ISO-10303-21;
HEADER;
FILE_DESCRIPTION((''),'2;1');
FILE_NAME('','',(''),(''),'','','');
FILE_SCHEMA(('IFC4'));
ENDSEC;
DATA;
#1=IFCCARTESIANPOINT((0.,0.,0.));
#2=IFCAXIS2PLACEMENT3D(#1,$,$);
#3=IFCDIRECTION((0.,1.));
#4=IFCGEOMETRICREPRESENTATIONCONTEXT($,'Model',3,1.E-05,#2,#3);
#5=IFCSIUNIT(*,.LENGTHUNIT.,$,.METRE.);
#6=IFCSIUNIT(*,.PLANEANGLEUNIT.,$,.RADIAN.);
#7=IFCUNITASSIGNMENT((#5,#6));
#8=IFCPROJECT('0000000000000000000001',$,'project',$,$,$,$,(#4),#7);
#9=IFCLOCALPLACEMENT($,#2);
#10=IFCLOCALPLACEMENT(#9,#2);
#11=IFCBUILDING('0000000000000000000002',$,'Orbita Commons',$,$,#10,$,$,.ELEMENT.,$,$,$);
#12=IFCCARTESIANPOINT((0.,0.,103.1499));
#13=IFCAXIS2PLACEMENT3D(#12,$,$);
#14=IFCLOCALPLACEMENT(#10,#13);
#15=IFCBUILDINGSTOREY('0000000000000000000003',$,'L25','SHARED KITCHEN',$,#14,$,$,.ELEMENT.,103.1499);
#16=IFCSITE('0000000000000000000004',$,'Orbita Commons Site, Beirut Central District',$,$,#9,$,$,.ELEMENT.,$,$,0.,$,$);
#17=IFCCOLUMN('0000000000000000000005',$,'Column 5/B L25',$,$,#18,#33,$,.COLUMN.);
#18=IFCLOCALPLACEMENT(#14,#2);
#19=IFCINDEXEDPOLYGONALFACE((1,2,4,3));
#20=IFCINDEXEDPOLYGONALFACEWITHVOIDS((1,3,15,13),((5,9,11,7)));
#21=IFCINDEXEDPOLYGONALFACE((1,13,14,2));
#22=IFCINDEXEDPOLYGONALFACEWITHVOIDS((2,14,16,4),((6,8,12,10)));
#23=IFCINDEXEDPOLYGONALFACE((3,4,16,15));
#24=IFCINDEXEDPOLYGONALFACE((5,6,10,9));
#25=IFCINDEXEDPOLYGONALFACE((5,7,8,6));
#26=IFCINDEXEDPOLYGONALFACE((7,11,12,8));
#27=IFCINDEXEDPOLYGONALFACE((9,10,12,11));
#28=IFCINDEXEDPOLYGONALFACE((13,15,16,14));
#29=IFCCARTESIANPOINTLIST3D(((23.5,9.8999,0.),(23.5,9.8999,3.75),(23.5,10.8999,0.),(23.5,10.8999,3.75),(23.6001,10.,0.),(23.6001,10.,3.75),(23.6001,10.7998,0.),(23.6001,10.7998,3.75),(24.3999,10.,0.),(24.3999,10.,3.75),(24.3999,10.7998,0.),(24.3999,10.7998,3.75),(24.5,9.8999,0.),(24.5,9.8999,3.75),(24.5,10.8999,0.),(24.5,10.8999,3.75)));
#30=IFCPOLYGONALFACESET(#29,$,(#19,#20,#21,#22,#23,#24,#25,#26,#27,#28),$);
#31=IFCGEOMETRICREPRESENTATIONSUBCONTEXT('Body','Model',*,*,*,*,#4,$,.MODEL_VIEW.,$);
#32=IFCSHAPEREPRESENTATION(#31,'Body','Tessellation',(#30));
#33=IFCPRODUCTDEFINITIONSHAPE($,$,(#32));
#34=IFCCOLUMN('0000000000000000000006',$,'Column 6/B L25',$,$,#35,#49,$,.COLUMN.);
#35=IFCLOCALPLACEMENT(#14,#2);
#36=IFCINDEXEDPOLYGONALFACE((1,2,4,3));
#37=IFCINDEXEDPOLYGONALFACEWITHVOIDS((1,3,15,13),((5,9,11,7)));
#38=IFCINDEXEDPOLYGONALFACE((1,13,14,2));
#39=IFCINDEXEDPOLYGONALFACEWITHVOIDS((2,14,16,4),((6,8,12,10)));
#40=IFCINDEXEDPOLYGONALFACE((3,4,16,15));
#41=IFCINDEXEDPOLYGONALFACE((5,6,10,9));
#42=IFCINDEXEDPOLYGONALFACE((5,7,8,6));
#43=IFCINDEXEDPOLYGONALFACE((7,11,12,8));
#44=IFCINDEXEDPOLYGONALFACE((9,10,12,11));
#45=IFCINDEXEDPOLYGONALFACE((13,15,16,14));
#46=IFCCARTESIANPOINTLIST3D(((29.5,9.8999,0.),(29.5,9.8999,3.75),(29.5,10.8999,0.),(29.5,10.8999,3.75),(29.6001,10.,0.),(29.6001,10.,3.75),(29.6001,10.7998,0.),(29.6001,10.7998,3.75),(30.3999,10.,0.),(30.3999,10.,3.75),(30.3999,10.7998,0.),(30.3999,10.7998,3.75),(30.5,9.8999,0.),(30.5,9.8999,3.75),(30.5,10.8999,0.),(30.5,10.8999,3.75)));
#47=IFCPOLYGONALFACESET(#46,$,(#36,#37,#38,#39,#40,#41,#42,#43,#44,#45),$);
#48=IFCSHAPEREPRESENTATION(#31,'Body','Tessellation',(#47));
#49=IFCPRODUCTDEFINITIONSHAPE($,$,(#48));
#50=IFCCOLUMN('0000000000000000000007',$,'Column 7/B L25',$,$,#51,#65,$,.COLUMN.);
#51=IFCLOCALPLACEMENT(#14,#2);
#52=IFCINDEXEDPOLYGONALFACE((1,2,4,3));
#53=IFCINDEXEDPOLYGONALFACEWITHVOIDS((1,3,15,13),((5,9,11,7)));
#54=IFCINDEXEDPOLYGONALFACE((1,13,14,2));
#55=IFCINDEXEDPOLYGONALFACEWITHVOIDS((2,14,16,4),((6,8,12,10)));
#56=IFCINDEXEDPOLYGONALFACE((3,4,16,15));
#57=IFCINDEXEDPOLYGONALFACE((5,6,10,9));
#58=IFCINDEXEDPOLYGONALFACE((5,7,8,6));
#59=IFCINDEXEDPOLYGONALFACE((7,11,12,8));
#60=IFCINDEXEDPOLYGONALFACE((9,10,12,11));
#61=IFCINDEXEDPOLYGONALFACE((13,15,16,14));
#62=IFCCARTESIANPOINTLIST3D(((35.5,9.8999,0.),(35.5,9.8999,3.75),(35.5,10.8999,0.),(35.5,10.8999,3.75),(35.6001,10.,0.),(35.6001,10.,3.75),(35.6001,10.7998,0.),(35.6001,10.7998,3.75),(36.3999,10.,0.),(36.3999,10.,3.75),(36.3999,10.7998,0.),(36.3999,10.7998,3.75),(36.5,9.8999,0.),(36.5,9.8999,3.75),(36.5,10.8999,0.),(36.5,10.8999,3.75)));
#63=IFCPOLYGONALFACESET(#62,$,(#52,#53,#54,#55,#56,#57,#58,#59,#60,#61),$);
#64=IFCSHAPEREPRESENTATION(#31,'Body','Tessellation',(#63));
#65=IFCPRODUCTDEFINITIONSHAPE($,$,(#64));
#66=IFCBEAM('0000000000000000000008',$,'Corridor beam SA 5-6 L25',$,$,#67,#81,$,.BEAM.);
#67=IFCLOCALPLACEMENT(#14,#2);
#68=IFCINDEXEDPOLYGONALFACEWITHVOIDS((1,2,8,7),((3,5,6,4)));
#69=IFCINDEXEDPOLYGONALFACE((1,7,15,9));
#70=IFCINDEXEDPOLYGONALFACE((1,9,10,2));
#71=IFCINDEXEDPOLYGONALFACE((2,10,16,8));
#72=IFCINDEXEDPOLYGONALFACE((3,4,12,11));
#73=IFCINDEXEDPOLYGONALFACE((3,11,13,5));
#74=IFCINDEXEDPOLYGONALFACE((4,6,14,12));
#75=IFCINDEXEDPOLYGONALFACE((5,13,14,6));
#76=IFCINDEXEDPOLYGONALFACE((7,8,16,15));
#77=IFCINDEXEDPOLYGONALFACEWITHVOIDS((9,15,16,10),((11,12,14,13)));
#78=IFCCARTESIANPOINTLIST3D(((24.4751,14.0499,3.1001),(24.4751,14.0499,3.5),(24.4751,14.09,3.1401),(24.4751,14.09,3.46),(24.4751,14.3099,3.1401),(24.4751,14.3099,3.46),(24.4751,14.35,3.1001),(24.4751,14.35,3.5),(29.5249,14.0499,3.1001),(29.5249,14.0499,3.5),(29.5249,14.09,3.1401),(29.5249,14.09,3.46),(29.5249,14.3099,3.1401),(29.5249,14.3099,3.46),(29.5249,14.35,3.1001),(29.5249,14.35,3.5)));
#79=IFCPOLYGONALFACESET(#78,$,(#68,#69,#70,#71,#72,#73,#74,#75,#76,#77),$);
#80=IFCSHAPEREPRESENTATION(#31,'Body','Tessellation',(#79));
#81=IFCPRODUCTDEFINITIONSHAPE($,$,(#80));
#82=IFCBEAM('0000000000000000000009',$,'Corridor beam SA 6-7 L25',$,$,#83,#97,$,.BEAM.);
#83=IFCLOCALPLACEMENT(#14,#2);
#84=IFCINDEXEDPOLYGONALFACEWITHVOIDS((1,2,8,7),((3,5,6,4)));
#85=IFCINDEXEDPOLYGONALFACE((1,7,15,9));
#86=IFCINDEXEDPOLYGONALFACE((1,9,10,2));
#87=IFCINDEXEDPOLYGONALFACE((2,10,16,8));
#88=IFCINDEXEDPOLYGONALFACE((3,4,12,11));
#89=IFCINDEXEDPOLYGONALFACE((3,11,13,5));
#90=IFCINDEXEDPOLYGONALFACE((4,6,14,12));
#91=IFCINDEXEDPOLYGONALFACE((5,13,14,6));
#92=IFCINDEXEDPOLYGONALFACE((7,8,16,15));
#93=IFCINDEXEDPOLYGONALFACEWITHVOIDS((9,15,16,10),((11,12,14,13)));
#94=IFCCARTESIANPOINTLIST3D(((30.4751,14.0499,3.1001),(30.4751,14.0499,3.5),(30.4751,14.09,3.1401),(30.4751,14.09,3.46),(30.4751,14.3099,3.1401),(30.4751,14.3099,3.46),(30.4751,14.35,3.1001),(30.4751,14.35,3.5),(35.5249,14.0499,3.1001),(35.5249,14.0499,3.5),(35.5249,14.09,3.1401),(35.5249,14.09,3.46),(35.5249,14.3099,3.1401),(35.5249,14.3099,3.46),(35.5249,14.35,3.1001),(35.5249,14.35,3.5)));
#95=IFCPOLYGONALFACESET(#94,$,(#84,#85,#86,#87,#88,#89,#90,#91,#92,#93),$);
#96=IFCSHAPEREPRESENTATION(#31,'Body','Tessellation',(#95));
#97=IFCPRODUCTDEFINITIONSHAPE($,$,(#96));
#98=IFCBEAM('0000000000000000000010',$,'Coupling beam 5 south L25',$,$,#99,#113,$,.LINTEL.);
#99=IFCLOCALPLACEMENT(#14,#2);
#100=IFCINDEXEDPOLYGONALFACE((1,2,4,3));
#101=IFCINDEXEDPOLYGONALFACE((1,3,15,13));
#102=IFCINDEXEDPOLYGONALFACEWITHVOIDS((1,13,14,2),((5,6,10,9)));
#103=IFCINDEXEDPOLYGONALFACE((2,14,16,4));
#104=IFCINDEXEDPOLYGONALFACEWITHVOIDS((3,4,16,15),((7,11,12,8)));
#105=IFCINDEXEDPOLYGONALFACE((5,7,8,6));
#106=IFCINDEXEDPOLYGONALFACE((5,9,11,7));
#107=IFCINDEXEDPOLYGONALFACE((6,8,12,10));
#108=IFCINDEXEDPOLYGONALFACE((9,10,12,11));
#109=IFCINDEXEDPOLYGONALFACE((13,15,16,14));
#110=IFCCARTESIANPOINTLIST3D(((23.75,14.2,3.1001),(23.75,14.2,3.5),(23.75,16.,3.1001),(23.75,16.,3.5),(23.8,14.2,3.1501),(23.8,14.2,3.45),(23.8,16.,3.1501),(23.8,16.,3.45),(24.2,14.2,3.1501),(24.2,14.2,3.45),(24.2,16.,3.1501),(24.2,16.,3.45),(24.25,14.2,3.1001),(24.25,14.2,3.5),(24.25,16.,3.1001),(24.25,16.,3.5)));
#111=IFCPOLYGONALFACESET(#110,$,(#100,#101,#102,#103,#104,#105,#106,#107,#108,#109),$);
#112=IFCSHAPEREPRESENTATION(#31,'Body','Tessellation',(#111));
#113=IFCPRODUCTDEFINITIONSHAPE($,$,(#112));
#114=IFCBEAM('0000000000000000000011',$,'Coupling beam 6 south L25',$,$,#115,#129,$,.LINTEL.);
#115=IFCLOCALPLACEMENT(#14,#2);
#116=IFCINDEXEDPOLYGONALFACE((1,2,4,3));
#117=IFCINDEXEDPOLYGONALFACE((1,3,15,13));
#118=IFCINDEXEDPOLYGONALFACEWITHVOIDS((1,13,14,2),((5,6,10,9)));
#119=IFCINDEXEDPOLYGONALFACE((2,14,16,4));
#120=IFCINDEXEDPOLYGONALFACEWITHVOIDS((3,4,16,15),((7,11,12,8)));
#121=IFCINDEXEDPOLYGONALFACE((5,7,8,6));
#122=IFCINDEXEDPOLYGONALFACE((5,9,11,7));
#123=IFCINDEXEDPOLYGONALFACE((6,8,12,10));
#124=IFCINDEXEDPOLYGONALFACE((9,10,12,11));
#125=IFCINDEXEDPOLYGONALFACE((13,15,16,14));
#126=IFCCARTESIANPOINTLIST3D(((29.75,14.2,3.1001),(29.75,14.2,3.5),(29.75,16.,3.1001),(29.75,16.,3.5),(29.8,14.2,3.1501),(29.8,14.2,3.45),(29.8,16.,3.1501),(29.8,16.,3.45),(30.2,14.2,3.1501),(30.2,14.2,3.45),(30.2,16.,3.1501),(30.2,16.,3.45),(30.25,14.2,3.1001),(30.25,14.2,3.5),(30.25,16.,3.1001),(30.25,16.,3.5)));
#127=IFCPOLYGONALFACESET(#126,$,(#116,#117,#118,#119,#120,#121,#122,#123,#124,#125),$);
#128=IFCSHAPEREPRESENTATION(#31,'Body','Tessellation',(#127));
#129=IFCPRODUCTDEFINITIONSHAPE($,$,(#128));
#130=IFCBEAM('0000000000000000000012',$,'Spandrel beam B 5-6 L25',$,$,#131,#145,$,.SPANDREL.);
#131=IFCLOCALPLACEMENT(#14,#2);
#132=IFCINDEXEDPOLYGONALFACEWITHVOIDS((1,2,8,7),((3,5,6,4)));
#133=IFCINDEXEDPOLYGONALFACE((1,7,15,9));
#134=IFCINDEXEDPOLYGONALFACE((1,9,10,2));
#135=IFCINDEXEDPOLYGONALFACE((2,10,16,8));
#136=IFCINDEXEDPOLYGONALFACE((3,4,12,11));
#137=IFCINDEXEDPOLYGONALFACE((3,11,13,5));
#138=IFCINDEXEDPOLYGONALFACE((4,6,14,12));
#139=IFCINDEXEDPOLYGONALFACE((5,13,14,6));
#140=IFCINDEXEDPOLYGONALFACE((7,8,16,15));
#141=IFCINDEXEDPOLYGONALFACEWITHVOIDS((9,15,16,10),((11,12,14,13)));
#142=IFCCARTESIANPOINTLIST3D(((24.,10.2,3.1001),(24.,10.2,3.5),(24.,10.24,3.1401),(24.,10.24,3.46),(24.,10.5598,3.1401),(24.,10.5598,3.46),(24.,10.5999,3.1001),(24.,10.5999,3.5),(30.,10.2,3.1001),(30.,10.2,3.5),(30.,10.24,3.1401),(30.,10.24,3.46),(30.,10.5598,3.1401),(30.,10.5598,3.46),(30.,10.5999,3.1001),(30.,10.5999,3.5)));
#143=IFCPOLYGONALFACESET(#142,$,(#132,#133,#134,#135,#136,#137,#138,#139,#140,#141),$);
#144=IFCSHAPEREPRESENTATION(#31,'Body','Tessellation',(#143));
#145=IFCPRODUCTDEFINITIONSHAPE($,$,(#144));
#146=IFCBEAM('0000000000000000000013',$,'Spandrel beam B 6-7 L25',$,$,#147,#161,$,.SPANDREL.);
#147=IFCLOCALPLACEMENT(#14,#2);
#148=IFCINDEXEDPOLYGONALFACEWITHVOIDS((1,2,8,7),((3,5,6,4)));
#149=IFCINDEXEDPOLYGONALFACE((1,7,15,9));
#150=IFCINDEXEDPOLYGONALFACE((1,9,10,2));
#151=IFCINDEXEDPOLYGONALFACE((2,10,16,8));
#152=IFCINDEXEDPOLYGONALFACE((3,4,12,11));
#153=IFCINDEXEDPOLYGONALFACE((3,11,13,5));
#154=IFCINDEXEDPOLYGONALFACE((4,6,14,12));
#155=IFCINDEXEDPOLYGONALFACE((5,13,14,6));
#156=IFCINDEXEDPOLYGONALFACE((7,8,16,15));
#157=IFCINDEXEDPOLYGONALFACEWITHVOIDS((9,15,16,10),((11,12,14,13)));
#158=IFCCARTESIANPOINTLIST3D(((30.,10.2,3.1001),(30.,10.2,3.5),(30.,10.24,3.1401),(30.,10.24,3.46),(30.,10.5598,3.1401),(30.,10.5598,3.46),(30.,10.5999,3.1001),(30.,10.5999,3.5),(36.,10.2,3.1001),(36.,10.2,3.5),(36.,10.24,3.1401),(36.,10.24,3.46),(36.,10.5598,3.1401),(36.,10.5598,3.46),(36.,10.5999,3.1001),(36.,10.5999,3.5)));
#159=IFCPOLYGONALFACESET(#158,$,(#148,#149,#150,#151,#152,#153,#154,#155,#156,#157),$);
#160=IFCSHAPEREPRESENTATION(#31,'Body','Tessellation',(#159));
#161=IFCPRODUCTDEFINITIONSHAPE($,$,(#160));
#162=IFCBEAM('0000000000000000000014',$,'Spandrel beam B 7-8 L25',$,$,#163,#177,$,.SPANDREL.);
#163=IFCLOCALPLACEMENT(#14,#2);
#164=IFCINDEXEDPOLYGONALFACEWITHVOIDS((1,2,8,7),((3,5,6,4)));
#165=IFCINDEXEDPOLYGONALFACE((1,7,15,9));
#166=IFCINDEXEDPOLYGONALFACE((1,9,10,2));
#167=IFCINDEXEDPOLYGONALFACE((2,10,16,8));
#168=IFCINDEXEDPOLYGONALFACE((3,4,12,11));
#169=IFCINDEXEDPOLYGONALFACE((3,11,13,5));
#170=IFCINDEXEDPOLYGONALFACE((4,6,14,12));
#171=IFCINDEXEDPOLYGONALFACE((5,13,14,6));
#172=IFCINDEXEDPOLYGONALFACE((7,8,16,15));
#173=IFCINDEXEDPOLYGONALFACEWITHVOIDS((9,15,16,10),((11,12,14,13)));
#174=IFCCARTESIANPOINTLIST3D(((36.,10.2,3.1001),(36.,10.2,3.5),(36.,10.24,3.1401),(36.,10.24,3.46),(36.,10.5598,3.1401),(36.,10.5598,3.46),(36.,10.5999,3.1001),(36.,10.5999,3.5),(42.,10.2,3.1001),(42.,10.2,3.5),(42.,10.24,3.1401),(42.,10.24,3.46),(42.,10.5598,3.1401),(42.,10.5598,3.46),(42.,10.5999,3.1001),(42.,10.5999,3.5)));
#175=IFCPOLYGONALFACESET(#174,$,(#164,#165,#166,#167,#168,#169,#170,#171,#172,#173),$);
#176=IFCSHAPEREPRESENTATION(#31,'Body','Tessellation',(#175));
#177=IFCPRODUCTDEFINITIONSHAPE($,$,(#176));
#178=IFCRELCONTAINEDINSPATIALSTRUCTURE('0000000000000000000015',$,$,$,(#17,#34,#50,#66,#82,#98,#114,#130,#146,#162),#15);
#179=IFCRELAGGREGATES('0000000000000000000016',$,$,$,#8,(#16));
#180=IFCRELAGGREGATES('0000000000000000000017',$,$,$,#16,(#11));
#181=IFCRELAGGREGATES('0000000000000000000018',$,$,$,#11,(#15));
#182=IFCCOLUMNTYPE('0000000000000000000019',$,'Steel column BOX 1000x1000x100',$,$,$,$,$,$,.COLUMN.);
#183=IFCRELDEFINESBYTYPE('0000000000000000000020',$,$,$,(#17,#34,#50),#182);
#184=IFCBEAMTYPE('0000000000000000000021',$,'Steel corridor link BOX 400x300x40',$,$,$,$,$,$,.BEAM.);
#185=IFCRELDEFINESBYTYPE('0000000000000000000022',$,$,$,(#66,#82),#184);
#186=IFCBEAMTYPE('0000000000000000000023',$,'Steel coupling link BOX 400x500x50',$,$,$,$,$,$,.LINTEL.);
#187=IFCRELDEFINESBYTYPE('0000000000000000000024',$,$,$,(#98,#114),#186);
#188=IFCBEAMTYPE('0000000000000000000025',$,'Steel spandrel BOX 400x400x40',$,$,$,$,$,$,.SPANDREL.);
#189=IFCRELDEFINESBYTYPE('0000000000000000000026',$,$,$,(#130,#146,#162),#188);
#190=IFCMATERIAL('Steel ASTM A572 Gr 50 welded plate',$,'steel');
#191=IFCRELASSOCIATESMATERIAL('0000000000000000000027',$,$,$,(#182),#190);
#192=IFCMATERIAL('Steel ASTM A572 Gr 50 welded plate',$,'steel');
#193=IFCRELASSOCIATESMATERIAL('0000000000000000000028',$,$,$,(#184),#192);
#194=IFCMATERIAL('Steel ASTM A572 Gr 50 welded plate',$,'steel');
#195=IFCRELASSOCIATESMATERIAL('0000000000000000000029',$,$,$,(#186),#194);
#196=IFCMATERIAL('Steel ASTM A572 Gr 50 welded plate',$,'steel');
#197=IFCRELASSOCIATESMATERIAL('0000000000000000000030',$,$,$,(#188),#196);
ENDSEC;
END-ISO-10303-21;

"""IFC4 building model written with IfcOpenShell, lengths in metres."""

from ifc_helpers import new_model, si_unit, direction, frame, origin, origin_2d, place, context, subcontext, project, spatial, hollow_rectangle, extrude, material, material_profile, profile_set, type_object, element, save


model = new_model("IFC4")

# Units and contexts
model_context = context("Model", 3, precision=1e-05, world=origin(), true_north=direction((0.0, 1.0)))
body_context = subcontext(model_context, "Body", "Model", "MODEL_VIEW")
ifc_project = project(units=[si_unit("LENGTHUNIT", "METRE"), si_unit("PLANEANGLEUNIT", "RADIAN")], contexts=[model_context])

# Site, building, storey
site_placement = place(None, origin())
site = spatial("IfcSite", under=ifc_project, at=site_placement, Name="Orbita Commons Site, Beirut Central District", CompositionType="ELEMENT", RefElevation=0.0)
building_placement = place(site_placement, origin())
building = spatial("IfcBuilding", under=site, at=building_placement, Name="Orbita Commons", CompositionType="ELEMENT")
storey_placement = place(building_placement, frame((0.0, 0.0, 103.1499)))
storey = spatial("IfcBuildingStorey", under=building, at=storey_placement, Name="L25", Description="SHARED KITCHEN", CompositionType="ELEMENT", Elevation=103.1499)

# Columns
ifc_material_1 = material(Name="Steel ASTM A572 Gr 50 welded plate", Category="steel")
ifc_material_profile_1 = material_profile(ifc_material_1, hollow_rectangle(XDim=1.0, YDim=1.0, WallThickness=0.1001, at=origin_2d()), Name="BOX 1000x1000x100")
ifc_profile_set_1 = profile_set([ifc_material_profile_1], Name="Steel ASTM A572 Gr 50 welded plate")
column_type = type_object("IfcColumnType", Name="Steel column BOX 1000x1000x100", PredefinedType="COLUMN", material=ifc_profile_set_1)
for number, where, z_axis, x_axis, name in (
    (1, (24.0, 10.3999, 0.0), (0.0, 0.0, 1.0), (1.0, 0.0, 0.0), "Column 5/B L25"),
    (2, (30.0, 10.3999, 0.0), (0.0, 0.0, 1.0), (1.0, 0.0, 0.0), "Column 6/B L25"),
    (3, (36.0, 10.3999, 0.0), (0.0, 0.0, 1.0), (1.0, 0.0, 0.0), "Column 7/B L25"),
):
    element("IfcColumn", number, at=place(storey_placement, frame(where, z_axis=z_axis, x_axis=x_axis)), inside=storey, type_object=column_type, Name=name, PredefinedType="COLUMN", context=body_context, shape_type="SweptSolid", body=[
        extrude(hollow_rectangle(XDim=1.0, YDim=1.0, WallThickness=0.1001, at=origin_2d()), origin(), (0.0, 0.0, 1.0), 3.75),
    ])

# Beams
ifc_material_2 = material(Name="Steel ASTM A572 Gr 50 welded plate", Category="steel")
ifc_material_profile_2 = material_profile(ifc_material_2, hollow_rectangle(XDim=0.3, YDim=0.3999, WallThickness=0.04, at=origin_2d()), Name="BOX 400x300x40")
ifc_profile_set_2 = profile_set([ifc_material_profile_2], Name="Steel ASTM A572 Gr 50 welded plate")
beam_type_1 = type_object("IfcBeamType", Name="Steel corridor link BOX 400x300x40", PredefinedType="BEAM", material=ifc_profile_set_2)
for number, where, z_axis, x_axis, name in (
    (4, (24.4751, 14.2, 3.3), (1.0, 0.0, 0.0), (0.0, 1.0, 0.0), "Corridor beam SA 5-6 L25"),
    (5, (30.4751, 14.2, 3.3), (1.0, 0.0, 0.0), (0.0, 1.0, 0.0), "Corridor beam SA 6-7 L25"),
):
    element("IfcBeam", number, at=place(storey_placement, frame(where, z_axis=z_axis, x_axis=x_axis)), inside=storey, type_object=beam_type_1, Name=name, PredefinedType="BEAM", context=body_context, shape_type="SweptSolid", body=[
        extrude(hollow_rectangle(XDim=0.3, YDim=0.3999, WallThickness=0.04, at=origin_2d()), origin(), (0.0, 0.0, 1.0), 5.0498),
    ])
ifc_material_3 = material(Name="Steel ASTM A572 Gr 50 welded plate", Category="steel")
ifc_material_profile_3 = material_profile(ifc_material_3, hollow_rectangle(XDim=0.5, YDim=0.3999, WallThickness=0.05, at=origin_2d()), Name="BOX 400x500x50")
ifc_profile_set_3 = profile_set([ifc_material_profile_3], Name="Steel ASTM A572 Gr 50 welded plate")
beam_type_2 = type_object("IfcBeamType", Name="Steel coupling link BOX 400x500x50", PredefinedType="LINTEL", material=ifc_profile_set_3)
for number, where, z_axis, x_axis, name in (
    (6, (24.0, 14.2, 3.3), (0.0, 1.0, 0.0), (-1.0, 0.0, 0.0), "Coupling beam 5 south L25"),
    (7, (30.0, 14.2, 3.3), (0.0, 1.0, 0.0), (-1.0, 0.0, 0.0), "Coupling beam 6 south L25"),
):
    element("IfcBeam", number, at=place(storey_placement, frame(where, z_axis=z_axis, x_axis=x_axis)), inside=storey, type_object=beam_type_2, Name=name, PredefinedType="LINTEL", context=body_context, shape_type="SweptSolid", body=[
        extrude(hollow_rectangle(XDim=0.5, YDim=0.3999, WallThickness=0.05, at=origin_2d()), origin(), (0.0, 0.0, 1.0), 1.8),
    ])
ifc_material_4 = material(Name="Steel ASTM A572 Gr 50 welded plate", Category="steel")
ifc_material_profile_4 = material_profile(ifc_material_4, hollow_rectangle(XDim=0.3999, YDim=0.3999, WallThickness=0.04, at=origin_2d()), Name="BOX 400x400x40")
ifc_profile_set_4 = profile_set([ifc_material_profile_4], Name="Steel ASTM A572 Gr 50 welded plate")
beam_type_3 = type_object("IfcBeamType", Name="Steel spandrel BOX 400x400x40", PredefinedType="SPANDREL", material=ifc_profile_set_4)
for number, where, z_axis, x_axis, name in (
    (8, (24.0, 10.3999, 3.3), (1.0, 0.0, 0.0), (0.0, 1.0, 0.0), "Spandrel beam B 5-6 L25"),
    (9, (30.0, 10.3999, 3.3), (1.0, 0.0, 0.0), (0.0, 1.0, 0.0), "Spandrel beam B 6-7 L25"),
    (10, (36.0, 10.3999, 3.3), (1.0, 0.0, 0.0), (0.0, 1.0, 0.0), "Spandrel beam B 7-8 L25"),
):
    element("IfcBeam", number, at=place(storey_placement, frame(where, z_axis=z_axis, x_axis=x_axis)), inside=storey, type_object=beam_type_3, Name=name, PredefinedType="SPANDREL", context=body_context, shape_type="SweptSolid", body=[
        extrude(hollow_rectangle(XDim=0.3999, YDim=0.3999, WallThickness=0.04, at=origin_2d()), origin(), (0.0, 0.0, 1.0), 6.0),
    ])

save(model, "model.ifc")
